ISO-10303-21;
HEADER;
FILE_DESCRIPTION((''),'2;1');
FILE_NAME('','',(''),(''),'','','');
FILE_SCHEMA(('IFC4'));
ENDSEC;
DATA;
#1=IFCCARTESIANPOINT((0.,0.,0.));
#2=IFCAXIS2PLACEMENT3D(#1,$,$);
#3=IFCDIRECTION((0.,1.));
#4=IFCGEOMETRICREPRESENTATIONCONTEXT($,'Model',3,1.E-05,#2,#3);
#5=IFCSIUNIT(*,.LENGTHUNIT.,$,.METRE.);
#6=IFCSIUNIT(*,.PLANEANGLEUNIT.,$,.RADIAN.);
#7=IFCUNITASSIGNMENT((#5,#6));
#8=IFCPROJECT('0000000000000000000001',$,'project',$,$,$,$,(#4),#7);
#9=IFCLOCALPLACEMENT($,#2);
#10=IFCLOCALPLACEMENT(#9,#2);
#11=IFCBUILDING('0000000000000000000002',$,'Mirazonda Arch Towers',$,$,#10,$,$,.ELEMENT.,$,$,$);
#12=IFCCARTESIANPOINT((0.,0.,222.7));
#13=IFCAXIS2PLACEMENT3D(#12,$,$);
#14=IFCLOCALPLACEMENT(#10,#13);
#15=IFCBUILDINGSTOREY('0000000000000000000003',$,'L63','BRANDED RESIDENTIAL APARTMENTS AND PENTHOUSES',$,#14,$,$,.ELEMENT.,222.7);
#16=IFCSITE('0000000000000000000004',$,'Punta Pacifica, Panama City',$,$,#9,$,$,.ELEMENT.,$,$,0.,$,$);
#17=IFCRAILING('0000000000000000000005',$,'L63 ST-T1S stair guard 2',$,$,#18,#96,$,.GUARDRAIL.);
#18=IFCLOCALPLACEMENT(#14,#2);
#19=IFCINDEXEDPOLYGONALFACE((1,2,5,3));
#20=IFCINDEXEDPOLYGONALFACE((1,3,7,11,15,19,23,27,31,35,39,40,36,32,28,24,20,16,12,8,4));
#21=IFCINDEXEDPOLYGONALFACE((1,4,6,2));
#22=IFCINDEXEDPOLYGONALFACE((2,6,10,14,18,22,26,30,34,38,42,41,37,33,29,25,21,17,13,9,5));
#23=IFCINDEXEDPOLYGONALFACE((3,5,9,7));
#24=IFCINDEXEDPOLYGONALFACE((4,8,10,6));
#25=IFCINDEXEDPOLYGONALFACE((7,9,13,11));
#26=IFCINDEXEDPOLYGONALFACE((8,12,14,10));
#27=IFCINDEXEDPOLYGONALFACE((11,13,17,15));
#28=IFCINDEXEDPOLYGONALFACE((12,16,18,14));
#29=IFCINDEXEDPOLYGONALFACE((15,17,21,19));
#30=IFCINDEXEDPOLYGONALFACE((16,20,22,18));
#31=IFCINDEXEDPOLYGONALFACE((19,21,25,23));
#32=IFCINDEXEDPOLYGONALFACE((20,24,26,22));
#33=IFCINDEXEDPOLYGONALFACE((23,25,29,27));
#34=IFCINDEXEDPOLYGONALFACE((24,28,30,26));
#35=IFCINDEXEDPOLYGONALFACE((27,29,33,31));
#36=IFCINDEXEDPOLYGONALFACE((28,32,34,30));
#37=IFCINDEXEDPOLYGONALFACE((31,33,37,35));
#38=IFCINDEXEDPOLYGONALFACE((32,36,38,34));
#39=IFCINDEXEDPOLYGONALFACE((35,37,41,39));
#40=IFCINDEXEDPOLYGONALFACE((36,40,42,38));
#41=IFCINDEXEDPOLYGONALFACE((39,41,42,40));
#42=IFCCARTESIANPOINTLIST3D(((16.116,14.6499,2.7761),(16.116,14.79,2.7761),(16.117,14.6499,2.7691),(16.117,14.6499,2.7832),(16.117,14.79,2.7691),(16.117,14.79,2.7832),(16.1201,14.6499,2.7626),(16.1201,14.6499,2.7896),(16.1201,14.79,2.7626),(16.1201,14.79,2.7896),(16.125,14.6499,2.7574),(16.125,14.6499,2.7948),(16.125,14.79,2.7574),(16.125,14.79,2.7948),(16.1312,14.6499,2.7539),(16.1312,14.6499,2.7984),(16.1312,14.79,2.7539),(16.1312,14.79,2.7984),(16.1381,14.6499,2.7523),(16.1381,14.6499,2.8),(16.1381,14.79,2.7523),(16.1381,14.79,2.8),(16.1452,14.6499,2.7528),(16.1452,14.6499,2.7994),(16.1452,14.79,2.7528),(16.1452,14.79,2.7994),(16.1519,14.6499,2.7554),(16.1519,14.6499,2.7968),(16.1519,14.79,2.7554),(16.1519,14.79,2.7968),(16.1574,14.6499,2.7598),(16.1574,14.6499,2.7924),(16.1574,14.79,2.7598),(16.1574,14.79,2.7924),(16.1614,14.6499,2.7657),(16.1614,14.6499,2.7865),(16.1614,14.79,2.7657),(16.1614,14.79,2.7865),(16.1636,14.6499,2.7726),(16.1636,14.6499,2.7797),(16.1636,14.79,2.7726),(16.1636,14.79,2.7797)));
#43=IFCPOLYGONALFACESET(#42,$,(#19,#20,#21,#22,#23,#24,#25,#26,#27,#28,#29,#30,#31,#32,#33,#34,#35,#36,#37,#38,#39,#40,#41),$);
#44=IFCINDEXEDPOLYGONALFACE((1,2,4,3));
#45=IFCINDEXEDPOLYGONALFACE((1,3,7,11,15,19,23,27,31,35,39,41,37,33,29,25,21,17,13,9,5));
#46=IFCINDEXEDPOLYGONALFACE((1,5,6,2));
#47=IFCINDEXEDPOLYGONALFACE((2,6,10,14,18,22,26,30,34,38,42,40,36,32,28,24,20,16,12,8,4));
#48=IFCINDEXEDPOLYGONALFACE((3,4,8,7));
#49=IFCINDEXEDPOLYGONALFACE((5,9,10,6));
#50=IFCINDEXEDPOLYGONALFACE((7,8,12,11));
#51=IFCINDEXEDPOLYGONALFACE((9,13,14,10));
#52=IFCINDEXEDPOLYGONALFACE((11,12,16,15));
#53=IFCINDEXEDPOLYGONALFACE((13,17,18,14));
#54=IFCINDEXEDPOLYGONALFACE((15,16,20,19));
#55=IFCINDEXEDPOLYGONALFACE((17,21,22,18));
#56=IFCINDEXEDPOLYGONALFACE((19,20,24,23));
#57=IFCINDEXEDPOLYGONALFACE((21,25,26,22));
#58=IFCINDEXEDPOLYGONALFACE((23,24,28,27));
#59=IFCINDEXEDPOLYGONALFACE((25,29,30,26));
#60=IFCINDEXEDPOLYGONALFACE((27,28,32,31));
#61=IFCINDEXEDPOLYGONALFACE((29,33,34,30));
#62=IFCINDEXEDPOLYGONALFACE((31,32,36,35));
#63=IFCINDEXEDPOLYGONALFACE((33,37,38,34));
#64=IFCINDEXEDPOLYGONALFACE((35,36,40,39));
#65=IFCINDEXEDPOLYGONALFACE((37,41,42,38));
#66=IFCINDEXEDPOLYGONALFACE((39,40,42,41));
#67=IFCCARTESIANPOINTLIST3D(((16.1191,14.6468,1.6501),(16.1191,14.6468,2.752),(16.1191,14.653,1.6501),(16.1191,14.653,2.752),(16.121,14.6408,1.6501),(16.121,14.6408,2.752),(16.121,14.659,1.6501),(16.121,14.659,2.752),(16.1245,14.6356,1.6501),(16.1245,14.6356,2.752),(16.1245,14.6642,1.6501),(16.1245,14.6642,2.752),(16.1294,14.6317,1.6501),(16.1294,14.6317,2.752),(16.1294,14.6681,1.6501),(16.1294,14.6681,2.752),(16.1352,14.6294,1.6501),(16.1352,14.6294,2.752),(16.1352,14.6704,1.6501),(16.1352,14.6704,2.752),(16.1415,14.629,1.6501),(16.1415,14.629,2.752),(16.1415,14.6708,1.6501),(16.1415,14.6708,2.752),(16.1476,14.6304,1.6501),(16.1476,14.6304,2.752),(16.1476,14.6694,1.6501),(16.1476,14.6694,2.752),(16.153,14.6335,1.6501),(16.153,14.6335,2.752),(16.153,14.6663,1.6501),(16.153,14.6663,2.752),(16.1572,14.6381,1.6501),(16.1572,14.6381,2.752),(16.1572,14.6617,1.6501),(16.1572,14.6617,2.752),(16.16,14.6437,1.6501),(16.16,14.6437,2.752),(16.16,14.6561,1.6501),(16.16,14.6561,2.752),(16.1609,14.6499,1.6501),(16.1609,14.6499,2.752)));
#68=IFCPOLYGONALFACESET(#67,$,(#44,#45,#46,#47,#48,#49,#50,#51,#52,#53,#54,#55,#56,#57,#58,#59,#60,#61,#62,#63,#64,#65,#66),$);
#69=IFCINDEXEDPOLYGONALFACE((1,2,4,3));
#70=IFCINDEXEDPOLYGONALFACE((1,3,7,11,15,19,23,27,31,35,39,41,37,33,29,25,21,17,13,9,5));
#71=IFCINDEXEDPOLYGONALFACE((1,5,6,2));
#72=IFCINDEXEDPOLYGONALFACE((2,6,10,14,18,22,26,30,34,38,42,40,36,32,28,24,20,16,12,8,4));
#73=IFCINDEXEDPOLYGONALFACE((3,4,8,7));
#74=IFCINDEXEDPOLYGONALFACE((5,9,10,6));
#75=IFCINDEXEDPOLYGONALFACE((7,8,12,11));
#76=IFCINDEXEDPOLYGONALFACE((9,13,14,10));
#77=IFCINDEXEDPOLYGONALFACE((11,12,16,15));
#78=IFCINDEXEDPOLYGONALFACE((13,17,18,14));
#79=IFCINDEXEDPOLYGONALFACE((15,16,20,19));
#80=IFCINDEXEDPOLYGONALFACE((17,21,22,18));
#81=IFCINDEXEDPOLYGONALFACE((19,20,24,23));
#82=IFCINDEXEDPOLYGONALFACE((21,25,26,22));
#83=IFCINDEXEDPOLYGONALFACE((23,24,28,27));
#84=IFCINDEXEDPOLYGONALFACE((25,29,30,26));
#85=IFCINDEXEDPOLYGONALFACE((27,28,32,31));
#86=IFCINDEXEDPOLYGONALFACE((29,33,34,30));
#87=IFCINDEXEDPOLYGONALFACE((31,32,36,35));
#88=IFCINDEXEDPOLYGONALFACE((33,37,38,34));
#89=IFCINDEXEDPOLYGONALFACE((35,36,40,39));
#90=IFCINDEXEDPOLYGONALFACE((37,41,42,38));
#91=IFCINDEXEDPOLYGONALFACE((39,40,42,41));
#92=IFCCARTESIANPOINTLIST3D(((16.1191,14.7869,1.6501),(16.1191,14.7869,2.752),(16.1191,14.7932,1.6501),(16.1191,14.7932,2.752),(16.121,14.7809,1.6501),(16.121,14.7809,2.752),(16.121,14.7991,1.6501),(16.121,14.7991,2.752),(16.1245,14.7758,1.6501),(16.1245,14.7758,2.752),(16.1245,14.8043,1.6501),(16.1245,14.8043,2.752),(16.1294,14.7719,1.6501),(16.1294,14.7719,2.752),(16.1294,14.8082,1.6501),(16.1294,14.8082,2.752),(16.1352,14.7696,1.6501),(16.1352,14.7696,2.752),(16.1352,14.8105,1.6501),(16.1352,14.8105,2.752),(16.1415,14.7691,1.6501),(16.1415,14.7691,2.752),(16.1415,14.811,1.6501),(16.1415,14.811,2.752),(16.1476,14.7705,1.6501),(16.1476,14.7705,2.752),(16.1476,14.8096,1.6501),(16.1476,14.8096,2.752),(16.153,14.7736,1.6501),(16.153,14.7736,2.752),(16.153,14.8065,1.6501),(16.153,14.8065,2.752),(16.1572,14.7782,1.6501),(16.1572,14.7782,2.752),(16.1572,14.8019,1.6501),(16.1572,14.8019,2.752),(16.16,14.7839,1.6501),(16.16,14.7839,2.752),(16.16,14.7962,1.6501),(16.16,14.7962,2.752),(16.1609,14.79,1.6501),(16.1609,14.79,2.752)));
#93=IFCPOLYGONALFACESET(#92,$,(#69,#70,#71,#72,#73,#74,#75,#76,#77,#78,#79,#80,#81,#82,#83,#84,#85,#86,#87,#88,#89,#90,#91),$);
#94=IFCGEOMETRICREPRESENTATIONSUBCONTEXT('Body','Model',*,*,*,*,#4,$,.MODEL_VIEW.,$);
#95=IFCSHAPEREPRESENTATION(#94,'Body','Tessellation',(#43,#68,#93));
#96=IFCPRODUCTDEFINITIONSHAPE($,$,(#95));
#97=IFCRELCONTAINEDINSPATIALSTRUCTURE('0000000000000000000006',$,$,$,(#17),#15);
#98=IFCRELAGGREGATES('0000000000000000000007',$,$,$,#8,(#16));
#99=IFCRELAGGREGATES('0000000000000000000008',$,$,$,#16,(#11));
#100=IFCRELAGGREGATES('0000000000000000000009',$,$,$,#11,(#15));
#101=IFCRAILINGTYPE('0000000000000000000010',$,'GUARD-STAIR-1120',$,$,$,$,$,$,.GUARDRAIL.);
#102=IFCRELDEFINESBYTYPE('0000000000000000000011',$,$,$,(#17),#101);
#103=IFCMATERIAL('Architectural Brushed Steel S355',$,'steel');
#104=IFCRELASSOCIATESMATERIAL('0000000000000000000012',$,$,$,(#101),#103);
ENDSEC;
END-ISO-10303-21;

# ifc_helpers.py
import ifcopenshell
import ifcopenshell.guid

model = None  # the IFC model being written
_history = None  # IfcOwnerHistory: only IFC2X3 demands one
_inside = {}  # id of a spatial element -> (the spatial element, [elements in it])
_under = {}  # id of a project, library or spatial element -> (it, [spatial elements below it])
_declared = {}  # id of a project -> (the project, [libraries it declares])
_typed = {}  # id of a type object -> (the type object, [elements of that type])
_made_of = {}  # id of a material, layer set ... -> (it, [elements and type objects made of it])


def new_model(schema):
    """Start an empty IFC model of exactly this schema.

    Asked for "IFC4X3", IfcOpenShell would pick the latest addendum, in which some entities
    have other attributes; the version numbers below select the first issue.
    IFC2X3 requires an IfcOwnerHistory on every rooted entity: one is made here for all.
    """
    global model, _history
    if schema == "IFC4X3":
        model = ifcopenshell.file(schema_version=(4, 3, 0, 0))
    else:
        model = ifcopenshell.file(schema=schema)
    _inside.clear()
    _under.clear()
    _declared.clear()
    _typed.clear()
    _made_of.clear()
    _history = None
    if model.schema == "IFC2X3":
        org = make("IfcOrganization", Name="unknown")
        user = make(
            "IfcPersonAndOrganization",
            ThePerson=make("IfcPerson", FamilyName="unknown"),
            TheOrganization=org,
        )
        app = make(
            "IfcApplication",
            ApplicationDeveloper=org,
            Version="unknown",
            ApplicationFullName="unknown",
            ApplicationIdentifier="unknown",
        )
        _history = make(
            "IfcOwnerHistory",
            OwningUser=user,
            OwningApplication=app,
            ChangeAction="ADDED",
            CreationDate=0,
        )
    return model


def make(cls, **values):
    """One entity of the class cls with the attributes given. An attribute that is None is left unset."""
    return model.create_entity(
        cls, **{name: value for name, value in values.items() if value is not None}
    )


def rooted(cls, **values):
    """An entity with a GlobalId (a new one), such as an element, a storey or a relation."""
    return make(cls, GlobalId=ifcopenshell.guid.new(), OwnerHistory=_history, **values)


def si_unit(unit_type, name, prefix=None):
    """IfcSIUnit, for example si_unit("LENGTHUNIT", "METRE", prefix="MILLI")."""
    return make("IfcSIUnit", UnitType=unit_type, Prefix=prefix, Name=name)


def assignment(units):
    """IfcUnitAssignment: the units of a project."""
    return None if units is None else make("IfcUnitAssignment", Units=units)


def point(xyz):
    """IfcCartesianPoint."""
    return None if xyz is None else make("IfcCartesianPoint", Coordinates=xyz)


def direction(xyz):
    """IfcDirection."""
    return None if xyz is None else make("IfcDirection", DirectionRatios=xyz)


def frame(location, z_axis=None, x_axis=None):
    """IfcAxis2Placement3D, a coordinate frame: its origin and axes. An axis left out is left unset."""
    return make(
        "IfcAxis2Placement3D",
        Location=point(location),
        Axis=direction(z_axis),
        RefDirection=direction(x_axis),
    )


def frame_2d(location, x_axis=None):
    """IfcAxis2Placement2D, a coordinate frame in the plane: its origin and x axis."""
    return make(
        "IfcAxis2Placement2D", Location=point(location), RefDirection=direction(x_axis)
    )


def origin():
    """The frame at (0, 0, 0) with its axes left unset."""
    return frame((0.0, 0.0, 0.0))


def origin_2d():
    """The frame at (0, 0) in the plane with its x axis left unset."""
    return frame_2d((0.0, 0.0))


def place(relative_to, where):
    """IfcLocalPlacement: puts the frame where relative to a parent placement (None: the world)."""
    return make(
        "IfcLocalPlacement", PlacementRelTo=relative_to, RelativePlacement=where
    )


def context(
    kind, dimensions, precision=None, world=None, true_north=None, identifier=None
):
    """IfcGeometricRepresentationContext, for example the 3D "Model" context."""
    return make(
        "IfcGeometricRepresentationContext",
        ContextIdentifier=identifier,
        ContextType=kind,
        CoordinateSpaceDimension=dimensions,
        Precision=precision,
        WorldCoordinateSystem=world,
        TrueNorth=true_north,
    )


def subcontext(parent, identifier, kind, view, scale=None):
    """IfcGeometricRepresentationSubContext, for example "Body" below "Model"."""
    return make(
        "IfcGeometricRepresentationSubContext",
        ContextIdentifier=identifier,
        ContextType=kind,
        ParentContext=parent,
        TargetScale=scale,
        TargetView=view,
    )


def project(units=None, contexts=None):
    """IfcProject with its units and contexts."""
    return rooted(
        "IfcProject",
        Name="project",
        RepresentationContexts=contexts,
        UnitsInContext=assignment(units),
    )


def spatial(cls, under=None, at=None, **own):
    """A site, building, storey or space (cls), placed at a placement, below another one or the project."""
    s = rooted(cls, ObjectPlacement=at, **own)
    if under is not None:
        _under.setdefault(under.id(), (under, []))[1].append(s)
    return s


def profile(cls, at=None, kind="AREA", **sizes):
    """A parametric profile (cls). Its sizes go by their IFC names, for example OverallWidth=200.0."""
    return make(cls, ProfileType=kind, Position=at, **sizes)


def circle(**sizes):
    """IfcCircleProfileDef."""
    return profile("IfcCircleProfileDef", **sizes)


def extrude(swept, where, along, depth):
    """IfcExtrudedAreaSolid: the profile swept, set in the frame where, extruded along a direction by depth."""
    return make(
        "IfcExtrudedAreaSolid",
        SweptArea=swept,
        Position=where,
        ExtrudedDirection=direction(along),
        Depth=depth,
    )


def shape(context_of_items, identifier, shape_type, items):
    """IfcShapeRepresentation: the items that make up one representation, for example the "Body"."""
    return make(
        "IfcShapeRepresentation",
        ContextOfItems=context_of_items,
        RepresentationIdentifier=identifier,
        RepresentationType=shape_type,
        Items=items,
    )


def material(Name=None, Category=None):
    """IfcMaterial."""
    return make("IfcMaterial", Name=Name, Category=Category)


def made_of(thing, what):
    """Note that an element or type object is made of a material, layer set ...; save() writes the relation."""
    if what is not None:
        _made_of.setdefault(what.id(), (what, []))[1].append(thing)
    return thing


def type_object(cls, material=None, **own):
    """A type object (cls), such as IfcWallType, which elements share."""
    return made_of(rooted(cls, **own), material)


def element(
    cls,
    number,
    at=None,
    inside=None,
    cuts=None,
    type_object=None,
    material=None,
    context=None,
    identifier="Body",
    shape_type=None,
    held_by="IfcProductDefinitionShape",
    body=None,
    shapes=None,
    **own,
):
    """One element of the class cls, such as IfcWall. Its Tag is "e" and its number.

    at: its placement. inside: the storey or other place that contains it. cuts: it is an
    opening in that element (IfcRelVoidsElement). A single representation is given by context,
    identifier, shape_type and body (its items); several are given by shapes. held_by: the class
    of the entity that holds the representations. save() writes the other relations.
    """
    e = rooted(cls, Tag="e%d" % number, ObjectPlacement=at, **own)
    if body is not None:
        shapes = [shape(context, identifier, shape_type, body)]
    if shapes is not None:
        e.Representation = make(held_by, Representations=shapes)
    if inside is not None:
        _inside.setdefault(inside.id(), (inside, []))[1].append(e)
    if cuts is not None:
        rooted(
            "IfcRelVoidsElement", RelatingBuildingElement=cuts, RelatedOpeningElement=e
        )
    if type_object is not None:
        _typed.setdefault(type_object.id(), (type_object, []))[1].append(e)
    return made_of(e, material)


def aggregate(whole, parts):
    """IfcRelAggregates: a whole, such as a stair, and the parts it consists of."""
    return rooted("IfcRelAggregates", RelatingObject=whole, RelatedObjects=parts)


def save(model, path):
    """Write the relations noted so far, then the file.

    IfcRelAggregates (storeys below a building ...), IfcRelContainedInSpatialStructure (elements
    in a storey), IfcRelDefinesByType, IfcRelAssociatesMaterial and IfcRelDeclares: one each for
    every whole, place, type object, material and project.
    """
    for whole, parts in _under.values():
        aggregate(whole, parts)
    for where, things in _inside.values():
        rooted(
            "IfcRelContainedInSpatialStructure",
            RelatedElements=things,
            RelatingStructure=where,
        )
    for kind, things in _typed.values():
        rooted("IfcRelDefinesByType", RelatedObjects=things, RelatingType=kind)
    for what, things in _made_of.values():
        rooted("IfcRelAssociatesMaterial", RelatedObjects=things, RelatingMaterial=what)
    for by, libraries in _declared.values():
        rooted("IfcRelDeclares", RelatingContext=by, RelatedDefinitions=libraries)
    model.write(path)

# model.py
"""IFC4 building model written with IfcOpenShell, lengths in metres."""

from ifc_helpers import new_model, si_unit, direction, frame, origin, origin_2d, place, context, subcontext, project, spatial, circle, extrude, material, type_object, element, save


model = new_model("IFC4")

# Units and contexts
model_context = context("Model", 3, precision=1e-05, world=origin(), true_north=direction((0.0, 1.0)))
body_context = subcontext(model_context, "Body", "Model", "MODEL_VIEW")
ifc_project = project(units=[si_unit("LENGTHUNIT", "METRE"), si_unit("PLANEANGLEUNIT", "RADIAN")], contexts=[model_context])

# Site, building, storey
site_placement = place(None, origin())
site = spatial("IfcSite", under=ifc_project, at=site_placement, Name="Punta Pacifica, Panama City", CompositionType="ELEMENT", RefElevation=0.0)
building_placement = place(site_placement, origin())
building = spatial("IfcBuilding", under=site, at=building_placement, Name="Mirazonda Arch Towers", CompositionType="ELEMENT")
storey_placement = place(building_placement, frame((0.0, 0.0, 222.7)))
storey = spatial("IfcBuildingStorey", under=building, at=storey_placement, Name="L63", Description="BRANDED RESIDENTIAL APARTMENTS AND PENTHOUSES", CompositionType="ELEMENT", Elevation=222.7)

# Shared definitions
ifc_material_1 = material(Name="Architectural Brushed Steel S355", Category="steel")

# Railing
railing_type_1 = type_object("IfcRailingType", Name="GUARD-STAIR-1120", PredefinedType="GUARDRAIL", material=ifc_material_1)
railing_1_placement = place(storey_placement, frame((16.1399, 14.6499, 1.6501)))
element("IfcRailing", 1, at=railing_1_placement, inside=storey, type_object=railing_type_1, Name="L63 ST-T1S stair guard 2", PredefinedType="GUARDRAIL", context=body_context, shape_type="SweptSolid", body=[
    extrude(circle(Radius=0.0239, at=origin_2d()), frame((0.0, 0.0, 1.126), z_axis=(0.0, 1.0, 0.0), x_axis=(-1.0, 0.0, 0.0)), (0.0, 0.0, 1.0), 0.1401),
    extrude(circle(Radius=0.021, at=origin_2d()), origin(), (0.0, 0.0, 1.0), 1.1018),
    extrude(circle(Radius=0.021, at=origin_2d()), frame((0.0, 0.1401, 0.0)), (0.0, 0.0, 1.0), 1.1018),
])

save(model, "model.ifc")
